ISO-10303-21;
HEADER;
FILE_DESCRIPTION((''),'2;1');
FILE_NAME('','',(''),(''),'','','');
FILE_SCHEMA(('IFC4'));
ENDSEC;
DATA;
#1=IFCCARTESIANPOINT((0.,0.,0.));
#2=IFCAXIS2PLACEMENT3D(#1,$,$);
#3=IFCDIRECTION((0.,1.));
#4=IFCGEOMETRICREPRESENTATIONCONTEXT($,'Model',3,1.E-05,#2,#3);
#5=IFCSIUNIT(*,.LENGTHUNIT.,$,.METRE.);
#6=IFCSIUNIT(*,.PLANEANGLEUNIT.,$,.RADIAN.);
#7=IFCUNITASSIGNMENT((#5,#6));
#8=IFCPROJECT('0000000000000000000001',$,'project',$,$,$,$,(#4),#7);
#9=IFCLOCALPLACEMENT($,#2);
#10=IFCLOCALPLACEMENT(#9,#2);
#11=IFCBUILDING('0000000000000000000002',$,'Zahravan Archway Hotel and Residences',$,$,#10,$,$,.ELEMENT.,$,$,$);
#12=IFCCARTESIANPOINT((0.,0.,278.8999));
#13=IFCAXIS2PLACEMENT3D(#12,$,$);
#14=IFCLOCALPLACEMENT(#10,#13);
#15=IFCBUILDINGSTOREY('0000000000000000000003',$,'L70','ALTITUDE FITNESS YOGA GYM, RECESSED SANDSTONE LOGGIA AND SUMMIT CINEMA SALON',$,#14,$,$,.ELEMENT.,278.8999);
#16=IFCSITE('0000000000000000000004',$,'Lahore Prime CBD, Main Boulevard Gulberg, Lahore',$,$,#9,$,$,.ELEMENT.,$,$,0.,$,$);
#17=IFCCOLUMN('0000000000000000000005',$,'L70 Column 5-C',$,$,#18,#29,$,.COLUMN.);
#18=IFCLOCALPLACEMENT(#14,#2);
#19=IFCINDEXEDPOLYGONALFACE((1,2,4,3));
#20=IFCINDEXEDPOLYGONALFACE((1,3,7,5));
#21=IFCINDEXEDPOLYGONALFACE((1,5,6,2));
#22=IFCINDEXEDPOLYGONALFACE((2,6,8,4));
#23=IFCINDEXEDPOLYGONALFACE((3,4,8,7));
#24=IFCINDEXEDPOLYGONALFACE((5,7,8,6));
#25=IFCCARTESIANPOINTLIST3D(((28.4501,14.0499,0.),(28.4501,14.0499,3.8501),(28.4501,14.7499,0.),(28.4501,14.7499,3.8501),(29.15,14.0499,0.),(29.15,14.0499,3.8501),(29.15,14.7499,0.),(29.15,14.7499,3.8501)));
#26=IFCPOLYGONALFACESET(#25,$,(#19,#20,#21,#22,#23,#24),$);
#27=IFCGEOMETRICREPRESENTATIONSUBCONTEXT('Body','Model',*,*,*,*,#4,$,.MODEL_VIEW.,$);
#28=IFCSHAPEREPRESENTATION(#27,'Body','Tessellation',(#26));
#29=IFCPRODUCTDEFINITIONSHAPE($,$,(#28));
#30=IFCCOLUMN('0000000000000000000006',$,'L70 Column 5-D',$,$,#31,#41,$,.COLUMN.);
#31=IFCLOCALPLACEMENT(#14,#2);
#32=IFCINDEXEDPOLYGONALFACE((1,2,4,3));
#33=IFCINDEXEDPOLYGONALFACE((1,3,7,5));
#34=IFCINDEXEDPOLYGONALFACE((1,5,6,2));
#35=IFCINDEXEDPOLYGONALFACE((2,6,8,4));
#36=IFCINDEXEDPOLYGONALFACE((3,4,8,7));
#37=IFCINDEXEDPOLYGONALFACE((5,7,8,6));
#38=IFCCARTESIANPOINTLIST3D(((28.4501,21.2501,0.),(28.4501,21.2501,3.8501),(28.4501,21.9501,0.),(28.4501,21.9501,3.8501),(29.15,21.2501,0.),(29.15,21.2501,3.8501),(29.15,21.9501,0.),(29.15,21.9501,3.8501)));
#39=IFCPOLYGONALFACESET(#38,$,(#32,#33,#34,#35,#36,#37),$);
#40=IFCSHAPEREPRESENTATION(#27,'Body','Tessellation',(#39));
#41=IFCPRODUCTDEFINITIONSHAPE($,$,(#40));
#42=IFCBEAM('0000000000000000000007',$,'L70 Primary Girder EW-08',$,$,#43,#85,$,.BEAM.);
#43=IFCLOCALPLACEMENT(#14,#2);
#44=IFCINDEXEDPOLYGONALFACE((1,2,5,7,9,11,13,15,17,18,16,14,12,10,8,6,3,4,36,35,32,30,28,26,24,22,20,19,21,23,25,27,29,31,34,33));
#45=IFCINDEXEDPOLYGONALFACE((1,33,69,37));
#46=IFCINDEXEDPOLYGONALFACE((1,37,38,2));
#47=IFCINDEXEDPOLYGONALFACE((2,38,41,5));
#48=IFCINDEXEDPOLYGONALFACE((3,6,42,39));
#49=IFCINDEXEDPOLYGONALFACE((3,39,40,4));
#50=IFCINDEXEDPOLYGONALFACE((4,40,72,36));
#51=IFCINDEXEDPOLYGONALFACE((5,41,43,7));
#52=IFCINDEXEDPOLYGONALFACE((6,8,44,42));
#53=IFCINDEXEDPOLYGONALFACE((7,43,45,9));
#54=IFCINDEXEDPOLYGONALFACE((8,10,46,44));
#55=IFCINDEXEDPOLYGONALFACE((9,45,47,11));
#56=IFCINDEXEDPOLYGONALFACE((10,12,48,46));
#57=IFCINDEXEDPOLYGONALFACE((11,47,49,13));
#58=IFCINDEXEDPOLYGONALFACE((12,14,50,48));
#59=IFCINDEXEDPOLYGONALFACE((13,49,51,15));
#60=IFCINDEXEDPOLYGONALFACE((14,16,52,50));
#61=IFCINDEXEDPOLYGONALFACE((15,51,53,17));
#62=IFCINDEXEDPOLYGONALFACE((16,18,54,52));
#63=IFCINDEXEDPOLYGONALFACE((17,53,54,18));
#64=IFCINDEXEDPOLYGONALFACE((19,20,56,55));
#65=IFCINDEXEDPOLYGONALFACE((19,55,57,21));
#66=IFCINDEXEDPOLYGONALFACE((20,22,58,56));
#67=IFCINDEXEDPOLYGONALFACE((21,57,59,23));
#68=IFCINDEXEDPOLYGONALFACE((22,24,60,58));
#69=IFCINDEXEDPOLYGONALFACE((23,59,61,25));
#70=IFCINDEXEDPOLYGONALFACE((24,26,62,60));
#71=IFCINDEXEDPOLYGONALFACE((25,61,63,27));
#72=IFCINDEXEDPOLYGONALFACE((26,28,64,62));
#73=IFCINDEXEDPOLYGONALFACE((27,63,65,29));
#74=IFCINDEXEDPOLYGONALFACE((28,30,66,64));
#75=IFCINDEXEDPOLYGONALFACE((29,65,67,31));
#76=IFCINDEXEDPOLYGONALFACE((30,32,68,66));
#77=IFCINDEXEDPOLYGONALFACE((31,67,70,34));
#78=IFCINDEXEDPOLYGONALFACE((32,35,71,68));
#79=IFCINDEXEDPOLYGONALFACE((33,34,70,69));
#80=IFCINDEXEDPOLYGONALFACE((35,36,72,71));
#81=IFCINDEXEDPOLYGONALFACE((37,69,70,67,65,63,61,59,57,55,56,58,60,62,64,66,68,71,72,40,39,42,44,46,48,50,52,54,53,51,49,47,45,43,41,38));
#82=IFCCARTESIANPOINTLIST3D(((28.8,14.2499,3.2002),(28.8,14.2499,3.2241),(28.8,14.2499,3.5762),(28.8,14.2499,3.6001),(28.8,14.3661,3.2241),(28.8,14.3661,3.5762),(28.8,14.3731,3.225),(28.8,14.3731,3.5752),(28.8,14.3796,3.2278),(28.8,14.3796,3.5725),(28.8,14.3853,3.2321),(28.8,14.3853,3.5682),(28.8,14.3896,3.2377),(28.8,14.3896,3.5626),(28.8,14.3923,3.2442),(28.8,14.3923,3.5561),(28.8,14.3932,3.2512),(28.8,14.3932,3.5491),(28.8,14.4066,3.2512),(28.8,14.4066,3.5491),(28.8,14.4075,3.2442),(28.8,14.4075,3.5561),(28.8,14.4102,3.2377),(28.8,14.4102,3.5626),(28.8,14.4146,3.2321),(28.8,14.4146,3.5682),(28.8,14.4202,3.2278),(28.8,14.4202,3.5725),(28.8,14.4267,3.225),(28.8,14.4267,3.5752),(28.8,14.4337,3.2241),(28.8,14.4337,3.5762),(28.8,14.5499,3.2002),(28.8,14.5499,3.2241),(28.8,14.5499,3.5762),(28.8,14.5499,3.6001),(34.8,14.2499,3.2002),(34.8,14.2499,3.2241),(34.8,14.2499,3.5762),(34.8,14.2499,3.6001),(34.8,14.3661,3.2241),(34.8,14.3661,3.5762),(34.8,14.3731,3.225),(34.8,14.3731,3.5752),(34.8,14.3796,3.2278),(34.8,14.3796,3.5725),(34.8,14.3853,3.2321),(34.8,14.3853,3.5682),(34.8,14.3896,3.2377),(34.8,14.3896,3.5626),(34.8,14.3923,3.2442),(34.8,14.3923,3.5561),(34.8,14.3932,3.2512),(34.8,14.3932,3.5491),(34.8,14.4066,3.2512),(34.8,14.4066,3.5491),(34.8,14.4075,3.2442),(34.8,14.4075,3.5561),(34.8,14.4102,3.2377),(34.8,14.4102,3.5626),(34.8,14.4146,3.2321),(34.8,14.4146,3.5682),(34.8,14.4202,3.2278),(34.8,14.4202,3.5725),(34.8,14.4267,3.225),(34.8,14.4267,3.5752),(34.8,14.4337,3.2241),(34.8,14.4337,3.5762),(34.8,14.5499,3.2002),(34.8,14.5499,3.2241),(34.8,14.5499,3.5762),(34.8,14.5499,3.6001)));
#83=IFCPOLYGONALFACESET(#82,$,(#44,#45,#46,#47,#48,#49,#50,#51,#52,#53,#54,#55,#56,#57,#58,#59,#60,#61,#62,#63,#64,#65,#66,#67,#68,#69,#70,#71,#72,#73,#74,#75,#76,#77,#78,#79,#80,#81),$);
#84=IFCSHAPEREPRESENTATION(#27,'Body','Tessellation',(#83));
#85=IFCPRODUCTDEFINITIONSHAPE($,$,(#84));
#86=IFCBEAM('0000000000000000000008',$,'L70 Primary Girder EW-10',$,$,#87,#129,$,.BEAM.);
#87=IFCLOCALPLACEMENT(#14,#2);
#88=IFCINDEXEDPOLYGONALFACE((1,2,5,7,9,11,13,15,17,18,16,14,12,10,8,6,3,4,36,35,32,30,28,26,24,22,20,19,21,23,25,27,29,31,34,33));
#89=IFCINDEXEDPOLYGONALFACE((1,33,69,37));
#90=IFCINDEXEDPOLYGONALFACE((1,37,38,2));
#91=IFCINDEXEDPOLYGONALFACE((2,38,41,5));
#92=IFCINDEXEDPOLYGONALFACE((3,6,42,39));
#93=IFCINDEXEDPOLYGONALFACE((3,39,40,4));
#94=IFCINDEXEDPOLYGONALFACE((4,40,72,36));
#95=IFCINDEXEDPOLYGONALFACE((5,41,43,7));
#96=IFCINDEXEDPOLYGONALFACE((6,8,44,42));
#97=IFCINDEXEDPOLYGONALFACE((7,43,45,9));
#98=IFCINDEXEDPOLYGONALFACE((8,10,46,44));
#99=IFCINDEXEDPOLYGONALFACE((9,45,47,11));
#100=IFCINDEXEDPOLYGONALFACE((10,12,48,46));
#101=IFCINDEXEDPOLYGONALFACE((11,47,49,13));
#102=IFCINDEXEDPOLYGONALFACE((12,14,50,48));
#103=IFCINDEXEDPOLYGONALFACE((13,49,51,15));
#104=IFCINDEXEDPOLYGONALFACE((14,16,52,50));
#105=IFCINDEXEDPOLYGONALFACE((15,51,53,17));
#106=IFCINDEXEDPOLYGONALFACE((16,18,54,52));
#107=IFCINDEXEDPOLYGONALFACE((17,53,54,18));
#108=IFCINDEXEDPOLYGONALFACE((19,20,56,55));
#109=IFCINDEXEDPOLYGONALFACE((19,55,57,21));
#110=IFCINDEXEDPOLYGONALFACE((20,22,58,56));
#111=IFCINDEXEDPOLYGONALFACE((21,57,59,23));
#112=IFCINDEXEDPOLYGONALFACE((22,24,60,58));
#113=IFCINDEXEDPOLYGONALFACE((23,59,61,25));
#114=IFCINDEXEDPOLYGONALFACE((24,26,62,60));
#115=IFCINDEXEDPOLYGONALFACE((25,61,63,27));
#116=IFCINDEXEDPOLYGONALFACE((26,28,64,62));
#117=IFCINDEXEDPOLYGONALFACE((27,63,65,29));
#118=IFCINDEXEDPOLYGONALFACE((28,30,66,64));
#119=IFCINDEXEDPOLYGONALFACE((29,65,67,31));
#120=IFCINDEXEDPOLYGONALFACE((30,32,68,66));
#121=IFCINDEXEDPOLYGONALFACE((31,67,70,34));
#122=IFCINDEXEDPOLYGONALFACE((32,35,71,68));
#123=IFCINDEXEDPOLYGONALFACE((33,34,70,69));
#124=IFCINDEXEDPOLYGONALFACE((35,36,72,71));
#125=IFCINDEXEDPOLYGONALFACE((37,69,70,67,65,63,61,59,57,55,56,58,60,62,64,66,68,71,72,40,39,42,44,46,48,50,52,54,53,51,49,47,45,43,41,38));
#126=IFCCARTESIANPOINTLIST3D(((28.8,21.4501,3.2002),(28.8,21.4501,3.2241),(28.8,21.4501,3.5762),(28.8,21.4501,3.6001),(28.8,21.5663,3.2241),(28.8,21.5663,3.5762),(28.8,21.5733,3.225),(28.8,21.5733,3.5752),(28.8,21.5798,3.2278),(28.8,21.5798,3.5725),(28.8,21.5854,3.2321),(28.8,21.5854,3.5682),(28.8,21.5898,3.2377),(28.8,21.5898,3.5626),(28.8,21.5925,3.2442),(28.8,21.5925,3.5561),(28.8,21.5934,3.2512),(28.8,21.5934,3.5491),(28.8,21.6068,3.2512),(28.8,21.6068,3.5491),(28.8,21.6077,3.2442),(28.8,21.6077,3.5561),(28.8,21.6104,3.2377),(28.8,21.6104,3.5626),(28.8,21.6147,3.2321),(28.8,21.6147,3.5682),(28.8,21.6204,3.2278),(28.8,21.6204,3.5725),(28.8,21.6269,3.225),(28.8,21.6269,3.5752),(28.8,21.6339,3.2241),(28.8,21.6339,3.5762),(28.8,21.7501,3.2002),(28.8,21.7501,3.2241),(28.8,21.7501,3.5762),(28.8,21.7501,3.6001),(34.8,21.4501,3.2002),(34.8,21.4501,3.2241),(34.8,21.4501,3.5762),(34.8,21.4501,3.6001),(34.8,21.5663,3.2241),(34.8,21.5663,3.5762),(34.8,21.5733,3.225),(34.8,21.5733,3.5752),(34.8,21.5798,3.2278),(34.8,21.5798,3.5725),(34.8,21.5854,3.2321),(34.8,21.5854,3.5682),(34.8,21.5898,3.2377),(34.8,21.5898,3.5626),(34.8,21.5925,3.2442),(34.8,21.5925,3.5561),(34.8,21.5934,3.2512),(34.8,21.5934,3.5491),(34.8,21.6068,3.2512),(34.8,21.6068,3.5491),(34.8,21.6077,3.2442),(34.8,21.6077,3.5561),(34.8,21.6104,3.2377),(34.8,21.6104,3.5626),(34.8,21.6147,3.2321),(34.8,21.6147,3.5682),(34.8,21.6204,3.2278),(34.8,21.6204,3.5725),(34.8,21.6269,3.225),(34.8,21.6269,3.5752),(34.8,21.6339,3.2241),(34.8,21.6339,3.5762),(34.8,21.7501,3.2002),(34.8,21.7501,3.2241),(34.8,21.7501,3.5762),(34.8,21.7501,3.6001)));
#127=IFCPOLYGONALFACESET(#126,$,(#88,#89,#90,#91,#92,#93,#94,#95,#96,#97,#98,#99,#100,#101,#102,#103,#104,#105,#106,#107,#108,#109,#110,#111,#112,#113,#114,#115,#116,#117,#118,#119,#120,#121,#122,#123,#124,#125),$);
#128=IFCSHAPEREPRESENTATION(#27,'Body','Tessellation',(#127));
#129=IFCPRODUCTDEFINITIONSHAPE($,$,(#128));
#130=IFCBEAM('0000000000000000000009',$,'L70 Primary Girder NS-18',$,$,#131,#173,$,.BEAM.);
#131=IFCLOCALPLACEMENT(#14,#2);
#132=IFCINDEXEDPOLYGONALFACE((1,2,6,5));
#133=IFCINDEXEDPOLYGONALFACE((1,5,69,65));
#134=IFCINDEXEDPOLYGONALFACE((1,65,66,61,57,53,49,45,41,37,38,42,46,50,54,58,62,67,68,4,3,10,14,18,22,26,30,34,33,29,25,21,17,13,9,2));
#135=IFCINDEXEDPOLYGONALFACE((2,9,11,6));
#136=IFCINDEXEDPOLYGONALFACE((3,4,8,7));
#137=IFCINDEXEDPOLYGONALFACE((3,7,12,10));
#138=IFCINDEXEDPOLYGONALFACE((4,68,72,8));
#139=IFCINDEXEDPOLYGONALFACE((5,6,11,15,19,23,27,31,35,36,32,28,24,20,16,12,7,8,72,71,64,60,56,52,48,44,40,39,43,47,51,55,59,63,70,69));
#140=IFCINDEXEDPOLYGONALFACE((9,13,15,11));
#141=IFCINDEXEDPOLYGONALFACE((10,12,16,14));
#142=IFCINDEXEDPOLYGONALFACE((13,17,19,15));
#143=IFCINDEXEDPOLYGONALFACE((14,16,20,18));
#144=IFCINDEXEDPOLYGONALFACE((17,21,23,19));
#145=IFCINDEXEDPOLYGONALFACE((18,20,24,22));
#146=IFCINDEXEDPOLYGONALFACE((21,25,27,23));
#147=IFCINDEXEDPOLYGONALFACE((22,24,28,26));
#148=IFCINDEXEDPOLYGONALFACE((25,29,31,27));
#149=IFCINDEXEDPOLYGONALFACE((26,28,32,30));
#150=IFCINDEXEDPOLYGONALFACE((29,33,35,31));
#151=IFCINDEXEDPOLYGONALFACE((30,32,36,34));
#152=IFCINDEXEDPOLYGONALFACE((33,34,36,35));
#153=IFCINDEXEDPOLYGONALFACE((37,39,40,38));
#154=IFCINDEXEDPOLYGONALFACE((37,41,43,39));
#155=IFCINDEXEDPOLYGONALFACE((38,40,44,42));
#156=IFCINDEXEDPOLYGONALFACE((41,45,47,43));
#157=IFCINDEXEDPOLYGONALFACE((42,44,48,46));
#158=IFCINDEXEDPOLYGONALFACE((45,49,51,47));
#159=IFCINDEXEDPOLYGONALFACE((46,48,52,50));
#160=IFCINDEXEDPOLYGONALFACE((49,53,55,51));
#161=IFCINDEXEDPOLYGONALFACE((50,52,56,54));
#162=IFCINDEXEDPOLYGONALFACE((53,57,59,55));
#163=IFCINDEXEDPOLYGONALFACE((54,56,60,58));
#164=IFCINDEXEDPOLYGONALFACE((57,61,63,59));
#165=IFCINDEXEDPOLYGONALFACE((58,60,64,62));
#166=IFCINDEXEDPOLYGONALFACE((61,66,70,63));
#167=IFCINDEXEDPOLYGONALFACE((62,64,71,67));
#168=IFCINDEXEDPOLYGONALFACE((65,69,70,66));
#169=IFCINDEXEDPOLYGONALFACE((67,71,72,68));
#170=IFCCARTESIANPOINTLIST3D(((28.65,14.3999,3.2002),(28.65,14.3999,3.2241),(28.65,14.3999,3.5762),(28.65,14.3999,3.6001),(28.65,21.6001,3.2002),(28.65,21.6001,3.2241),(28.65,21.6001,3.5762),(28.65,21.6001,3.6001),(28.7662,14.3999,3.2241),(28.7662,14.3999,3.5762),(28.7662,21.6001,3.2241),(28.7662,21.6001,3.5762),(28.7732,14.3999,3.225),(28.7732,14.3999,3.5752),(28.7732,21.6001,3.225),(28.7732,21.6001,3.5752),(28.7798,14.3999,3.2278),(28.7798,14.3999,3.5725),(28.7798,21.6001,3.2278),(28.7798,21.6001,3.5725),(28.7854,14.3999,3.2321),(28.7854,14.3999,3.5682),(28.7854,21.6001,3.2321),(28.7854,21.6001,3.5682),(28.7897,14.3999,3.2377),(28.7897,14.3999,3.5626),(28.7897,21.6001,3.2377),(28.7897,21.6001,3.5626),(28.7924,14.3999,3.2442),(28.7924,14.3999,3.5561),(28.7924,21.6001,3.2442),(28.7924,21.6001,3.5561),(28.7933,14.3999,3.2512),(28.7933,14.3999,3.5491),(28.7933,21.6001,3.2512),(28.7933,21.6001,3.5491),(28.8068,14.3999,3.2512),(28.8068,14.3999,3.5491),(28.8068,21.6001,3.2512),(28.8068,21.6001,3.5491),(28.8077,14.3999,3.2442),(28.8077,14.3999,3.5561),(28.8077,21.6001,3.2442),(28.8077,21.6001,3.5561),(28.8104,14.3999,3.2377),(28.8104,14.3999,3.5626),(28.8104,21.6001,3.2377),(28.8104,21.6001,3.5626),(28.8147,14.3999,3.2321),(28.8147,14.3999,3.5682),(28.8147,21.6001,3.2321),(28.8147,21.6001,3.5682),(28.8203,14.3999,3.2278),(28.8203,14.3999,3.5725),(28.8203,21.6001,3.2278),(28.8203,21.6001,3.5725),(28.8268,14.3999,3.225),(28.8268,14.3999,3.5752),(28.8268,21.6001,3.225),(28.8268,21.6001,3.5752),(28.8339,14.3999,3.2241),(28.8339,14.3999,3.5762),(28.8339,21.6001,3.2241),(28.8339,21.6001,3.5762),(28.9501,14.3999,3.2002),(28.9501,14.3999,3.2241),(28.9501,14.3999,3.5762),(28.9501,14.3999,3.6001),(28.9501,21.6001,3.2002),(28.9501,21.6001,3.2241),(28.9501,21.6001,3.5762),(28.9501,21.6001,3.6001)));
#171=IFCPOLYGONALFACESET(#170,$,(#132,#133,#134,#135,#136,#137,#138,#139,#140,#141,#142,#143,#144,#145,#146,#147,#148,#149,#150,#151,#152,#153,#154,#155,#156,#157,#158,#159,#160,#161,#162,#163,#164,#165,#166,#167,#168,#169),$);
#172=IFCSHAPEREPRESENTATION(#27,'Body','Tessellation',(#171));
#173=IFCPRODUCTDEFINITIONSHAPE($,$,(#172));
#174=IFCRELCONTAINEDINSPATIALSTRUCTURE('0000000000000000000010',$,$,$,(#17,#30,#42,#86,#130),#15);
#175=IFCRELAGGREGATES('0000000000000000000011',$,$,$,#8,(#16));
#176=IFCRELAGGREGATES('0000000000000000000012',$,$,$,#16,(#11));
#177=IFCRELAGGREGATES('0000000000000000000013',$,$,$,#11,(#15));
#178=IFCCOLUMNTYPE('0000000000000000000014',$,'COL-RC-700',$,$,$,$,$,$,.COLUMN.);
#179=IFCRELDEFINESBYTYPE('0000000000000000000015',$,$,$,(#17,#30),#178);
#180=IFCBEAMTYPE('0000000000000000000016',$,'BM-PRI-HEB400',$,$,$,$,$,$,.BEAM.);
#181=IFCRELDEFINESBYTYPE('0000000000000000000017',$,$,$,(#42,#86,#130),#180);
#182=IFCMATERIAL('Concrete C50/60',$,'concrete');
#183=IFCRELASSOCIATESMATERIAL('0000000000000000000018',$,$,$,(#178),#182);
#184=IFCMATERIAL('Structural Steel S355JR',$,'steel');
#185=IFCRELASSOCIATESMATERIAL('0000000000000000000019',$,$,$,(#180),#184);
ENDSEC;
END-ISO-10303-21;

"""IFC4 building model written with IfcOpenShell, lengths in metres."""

from ifc_helpers import new_model, si_unit, direction, frame, origin, origin_2d, place, context, subcontext, project, spatial, rectangle, i_section, extrude, source, transform, mapped, material, material_profile, profile_set, type_object, element, save


model = new_model("IFC4")

# Units and contexts
model_context = context("Model", 3, precision=1e-05, world=origin(), true_north=direction((0.0, 1.0)))
body_context = subcontext(model_context, "Body", "Model", "MODEL_VIEW")
ifc_project = project(units=[si_unit("LENGTHUNIT", "METRE"), si_unit("PLANEANGLEUNIT", "RADIAN")], contexts=[model_context])

# Site, building, storey
site_placement = place(None, origin())
site = spatial("IfcSite", under=ifc_project, at=site_placement, Name="Lahore Prime CBD, Main Boulevard Gulberg, Lahore", CompositionType="ELEMENT", RefElevation=0.0)
building_placement = place(site_placement, origin())
building = spatial("IfcBuilding", under=site, at=building_placement, Name="Zahravan Archway Hotel and Residences", CompositionType="ELEMENT")
storey_placement = place(building_placement, frame((0.0, 0.0, 278.8999)))
storey = spatial("IfcBuildingStorey", under=building, at=storey_placement, Name="L70", Description="ALTITUDE FITNESS YOGA GYM, RECESSED SANDSTONE LOGGIA AND SUMMIT CINEMA SALON", CompositionType="ELEMENT", Elevation=278.8999)

# Columns
ifc_material_1 = material(Name="Concrete C50/60", Category="concrete")
ifc_material_profile_1 = material_profile(ifc_material_1, rectangle(XDim=0.7, YDim=0.7, at=origin_2d()), Name="RC-COL-700x700", Category="concrete")
ifc_profile_set_1 = profile_set([ifc_material_profile_1], Name="Concrete C50/60")
column_type = type_object("IfcColumnType", Name="COL-RC-700", PredefinedType="COLUMN", material=ifc_profile_set_1)
shared_shape_1 = source(origin(), body_context, "Body", "SweptSolid", [
    extrude(rectangle(XDim=0.7, YDim=0.7, at=origin_2d()), origin(), (0.0, 0.0, 1.0), 3.8501),
])
for number, where, z_axis, x_axis, name in (
    (1, (28.8, 14.3999, 0.0), (0.0, 0.0, 1.0), (1.0, 0.0, 0.0), "L70 Column 5-C"),
    (2, (28.8, 21.6001, 0.0), (0.0, 0.0, 1.0), (1.0, 0.0, 0.0), "L70 Column 5-D"),
):
    element("IfcColumn", number, at=place(storey_placement, frame(where, z_axis=z_axis, x_axis=x_axis)), inside=storey, type_object=column_type, Name=name, PredefinedType="COLUMN", context=body_context, shape_type="MappedRepresentation", body=[
        mapped(shared_shape_1, transform((0.0, 0.0, 0.0), scale=1.0)),
    ])

# Beams
ifc_material_2 = material(Name="Structural Steel S355JR", Category="steel")
ifc_material_profile_2 = material_profile(ifc_material_2, i_section(OverallWidth=0.3, OverallDepth=0.3999, WebThickness=0.0134, FlangeThickness=0.0239, FilletRadius=0.0271, at=origin_2d()), Name="HEB 400", Category="steel")
ifc_profile_set_2 = profile_set([ifc_material_profile_2], Name="Structural Steel S355JR")
beam_type_1 = type_object("IfcBeamType", Name="BM-PRI-HEB400", PredefinedType="BEAM", material=ifc_profile_set_2)
shared_shape_2 = source(origin(), body_context, "Body", "SweptSolid", [
    extrude(i_section(OverallWidth=0.3, OverallDepth=0.3999, WebThickness=0.0134, FlangeThickness=0.0239, FilletRadius=0.0271, at=origin_2d()), origin(), (0.0, 0.0, 1.0), 6.0),
])
for number, where, z_axis, x_axis, name in (
    (3, (28.8, 14.3999, 3.4001), (1.0, 0.0, 0.0), (0.0, 1.0, 0.0), "L70 Primary Girder EW-08"),
    (4, (28.8, 21.6001, 3.4001), (1.0, 0.0, 0.0), (0.0, 1.0, 0.0), "L70 Primary Girder EW-10"),
):
    element("IfcBeam", number, at=place(storey_placement, frame(where, z_axis=z_axis, x_axis=x_axis)), inside=storey, type_object=beam_type_1, Name=name, PredefinedType="BEAM", context=body_context, shape_type="MappedRepresentation", body=[
        mapped(shared_shape_2, transform((0.0, 0.0, 0.0), scale=1.0)),
    ])
shared_shape_3 = source(origin(), body_context, "Body", "SweptSolid", [
    extrude(i_section(OverallWidth=0.3, OverallDepth=0.3999, WebThickness=0.0134, FlangeThickness=0.0239, FilletRadius=0.0271, at=origin_2d()), origin(), (0.0, 0.0, 1.0), 7.2002),
])
beam_1_placement = place(storey_placement, frame((28.8, 14.3999, 3.4001), z_axis=(0.0, 1.0, 0.0), x_axis=(-1.0, 0.0, 0.0)))
element("IfcBeam", 5, at=beam_1_placement, inside=storey, type_object=beam_type_1, Name="L70 Primary Girder NS-18", PredefinedType="BEAM", context=body_context, shape_type="MappedRepresentation", body=[
    mapped(shared_shape_3, transform((0.0, 0.0, 0.0), scale=1.0)),
])

save(model, "model.ifc")
